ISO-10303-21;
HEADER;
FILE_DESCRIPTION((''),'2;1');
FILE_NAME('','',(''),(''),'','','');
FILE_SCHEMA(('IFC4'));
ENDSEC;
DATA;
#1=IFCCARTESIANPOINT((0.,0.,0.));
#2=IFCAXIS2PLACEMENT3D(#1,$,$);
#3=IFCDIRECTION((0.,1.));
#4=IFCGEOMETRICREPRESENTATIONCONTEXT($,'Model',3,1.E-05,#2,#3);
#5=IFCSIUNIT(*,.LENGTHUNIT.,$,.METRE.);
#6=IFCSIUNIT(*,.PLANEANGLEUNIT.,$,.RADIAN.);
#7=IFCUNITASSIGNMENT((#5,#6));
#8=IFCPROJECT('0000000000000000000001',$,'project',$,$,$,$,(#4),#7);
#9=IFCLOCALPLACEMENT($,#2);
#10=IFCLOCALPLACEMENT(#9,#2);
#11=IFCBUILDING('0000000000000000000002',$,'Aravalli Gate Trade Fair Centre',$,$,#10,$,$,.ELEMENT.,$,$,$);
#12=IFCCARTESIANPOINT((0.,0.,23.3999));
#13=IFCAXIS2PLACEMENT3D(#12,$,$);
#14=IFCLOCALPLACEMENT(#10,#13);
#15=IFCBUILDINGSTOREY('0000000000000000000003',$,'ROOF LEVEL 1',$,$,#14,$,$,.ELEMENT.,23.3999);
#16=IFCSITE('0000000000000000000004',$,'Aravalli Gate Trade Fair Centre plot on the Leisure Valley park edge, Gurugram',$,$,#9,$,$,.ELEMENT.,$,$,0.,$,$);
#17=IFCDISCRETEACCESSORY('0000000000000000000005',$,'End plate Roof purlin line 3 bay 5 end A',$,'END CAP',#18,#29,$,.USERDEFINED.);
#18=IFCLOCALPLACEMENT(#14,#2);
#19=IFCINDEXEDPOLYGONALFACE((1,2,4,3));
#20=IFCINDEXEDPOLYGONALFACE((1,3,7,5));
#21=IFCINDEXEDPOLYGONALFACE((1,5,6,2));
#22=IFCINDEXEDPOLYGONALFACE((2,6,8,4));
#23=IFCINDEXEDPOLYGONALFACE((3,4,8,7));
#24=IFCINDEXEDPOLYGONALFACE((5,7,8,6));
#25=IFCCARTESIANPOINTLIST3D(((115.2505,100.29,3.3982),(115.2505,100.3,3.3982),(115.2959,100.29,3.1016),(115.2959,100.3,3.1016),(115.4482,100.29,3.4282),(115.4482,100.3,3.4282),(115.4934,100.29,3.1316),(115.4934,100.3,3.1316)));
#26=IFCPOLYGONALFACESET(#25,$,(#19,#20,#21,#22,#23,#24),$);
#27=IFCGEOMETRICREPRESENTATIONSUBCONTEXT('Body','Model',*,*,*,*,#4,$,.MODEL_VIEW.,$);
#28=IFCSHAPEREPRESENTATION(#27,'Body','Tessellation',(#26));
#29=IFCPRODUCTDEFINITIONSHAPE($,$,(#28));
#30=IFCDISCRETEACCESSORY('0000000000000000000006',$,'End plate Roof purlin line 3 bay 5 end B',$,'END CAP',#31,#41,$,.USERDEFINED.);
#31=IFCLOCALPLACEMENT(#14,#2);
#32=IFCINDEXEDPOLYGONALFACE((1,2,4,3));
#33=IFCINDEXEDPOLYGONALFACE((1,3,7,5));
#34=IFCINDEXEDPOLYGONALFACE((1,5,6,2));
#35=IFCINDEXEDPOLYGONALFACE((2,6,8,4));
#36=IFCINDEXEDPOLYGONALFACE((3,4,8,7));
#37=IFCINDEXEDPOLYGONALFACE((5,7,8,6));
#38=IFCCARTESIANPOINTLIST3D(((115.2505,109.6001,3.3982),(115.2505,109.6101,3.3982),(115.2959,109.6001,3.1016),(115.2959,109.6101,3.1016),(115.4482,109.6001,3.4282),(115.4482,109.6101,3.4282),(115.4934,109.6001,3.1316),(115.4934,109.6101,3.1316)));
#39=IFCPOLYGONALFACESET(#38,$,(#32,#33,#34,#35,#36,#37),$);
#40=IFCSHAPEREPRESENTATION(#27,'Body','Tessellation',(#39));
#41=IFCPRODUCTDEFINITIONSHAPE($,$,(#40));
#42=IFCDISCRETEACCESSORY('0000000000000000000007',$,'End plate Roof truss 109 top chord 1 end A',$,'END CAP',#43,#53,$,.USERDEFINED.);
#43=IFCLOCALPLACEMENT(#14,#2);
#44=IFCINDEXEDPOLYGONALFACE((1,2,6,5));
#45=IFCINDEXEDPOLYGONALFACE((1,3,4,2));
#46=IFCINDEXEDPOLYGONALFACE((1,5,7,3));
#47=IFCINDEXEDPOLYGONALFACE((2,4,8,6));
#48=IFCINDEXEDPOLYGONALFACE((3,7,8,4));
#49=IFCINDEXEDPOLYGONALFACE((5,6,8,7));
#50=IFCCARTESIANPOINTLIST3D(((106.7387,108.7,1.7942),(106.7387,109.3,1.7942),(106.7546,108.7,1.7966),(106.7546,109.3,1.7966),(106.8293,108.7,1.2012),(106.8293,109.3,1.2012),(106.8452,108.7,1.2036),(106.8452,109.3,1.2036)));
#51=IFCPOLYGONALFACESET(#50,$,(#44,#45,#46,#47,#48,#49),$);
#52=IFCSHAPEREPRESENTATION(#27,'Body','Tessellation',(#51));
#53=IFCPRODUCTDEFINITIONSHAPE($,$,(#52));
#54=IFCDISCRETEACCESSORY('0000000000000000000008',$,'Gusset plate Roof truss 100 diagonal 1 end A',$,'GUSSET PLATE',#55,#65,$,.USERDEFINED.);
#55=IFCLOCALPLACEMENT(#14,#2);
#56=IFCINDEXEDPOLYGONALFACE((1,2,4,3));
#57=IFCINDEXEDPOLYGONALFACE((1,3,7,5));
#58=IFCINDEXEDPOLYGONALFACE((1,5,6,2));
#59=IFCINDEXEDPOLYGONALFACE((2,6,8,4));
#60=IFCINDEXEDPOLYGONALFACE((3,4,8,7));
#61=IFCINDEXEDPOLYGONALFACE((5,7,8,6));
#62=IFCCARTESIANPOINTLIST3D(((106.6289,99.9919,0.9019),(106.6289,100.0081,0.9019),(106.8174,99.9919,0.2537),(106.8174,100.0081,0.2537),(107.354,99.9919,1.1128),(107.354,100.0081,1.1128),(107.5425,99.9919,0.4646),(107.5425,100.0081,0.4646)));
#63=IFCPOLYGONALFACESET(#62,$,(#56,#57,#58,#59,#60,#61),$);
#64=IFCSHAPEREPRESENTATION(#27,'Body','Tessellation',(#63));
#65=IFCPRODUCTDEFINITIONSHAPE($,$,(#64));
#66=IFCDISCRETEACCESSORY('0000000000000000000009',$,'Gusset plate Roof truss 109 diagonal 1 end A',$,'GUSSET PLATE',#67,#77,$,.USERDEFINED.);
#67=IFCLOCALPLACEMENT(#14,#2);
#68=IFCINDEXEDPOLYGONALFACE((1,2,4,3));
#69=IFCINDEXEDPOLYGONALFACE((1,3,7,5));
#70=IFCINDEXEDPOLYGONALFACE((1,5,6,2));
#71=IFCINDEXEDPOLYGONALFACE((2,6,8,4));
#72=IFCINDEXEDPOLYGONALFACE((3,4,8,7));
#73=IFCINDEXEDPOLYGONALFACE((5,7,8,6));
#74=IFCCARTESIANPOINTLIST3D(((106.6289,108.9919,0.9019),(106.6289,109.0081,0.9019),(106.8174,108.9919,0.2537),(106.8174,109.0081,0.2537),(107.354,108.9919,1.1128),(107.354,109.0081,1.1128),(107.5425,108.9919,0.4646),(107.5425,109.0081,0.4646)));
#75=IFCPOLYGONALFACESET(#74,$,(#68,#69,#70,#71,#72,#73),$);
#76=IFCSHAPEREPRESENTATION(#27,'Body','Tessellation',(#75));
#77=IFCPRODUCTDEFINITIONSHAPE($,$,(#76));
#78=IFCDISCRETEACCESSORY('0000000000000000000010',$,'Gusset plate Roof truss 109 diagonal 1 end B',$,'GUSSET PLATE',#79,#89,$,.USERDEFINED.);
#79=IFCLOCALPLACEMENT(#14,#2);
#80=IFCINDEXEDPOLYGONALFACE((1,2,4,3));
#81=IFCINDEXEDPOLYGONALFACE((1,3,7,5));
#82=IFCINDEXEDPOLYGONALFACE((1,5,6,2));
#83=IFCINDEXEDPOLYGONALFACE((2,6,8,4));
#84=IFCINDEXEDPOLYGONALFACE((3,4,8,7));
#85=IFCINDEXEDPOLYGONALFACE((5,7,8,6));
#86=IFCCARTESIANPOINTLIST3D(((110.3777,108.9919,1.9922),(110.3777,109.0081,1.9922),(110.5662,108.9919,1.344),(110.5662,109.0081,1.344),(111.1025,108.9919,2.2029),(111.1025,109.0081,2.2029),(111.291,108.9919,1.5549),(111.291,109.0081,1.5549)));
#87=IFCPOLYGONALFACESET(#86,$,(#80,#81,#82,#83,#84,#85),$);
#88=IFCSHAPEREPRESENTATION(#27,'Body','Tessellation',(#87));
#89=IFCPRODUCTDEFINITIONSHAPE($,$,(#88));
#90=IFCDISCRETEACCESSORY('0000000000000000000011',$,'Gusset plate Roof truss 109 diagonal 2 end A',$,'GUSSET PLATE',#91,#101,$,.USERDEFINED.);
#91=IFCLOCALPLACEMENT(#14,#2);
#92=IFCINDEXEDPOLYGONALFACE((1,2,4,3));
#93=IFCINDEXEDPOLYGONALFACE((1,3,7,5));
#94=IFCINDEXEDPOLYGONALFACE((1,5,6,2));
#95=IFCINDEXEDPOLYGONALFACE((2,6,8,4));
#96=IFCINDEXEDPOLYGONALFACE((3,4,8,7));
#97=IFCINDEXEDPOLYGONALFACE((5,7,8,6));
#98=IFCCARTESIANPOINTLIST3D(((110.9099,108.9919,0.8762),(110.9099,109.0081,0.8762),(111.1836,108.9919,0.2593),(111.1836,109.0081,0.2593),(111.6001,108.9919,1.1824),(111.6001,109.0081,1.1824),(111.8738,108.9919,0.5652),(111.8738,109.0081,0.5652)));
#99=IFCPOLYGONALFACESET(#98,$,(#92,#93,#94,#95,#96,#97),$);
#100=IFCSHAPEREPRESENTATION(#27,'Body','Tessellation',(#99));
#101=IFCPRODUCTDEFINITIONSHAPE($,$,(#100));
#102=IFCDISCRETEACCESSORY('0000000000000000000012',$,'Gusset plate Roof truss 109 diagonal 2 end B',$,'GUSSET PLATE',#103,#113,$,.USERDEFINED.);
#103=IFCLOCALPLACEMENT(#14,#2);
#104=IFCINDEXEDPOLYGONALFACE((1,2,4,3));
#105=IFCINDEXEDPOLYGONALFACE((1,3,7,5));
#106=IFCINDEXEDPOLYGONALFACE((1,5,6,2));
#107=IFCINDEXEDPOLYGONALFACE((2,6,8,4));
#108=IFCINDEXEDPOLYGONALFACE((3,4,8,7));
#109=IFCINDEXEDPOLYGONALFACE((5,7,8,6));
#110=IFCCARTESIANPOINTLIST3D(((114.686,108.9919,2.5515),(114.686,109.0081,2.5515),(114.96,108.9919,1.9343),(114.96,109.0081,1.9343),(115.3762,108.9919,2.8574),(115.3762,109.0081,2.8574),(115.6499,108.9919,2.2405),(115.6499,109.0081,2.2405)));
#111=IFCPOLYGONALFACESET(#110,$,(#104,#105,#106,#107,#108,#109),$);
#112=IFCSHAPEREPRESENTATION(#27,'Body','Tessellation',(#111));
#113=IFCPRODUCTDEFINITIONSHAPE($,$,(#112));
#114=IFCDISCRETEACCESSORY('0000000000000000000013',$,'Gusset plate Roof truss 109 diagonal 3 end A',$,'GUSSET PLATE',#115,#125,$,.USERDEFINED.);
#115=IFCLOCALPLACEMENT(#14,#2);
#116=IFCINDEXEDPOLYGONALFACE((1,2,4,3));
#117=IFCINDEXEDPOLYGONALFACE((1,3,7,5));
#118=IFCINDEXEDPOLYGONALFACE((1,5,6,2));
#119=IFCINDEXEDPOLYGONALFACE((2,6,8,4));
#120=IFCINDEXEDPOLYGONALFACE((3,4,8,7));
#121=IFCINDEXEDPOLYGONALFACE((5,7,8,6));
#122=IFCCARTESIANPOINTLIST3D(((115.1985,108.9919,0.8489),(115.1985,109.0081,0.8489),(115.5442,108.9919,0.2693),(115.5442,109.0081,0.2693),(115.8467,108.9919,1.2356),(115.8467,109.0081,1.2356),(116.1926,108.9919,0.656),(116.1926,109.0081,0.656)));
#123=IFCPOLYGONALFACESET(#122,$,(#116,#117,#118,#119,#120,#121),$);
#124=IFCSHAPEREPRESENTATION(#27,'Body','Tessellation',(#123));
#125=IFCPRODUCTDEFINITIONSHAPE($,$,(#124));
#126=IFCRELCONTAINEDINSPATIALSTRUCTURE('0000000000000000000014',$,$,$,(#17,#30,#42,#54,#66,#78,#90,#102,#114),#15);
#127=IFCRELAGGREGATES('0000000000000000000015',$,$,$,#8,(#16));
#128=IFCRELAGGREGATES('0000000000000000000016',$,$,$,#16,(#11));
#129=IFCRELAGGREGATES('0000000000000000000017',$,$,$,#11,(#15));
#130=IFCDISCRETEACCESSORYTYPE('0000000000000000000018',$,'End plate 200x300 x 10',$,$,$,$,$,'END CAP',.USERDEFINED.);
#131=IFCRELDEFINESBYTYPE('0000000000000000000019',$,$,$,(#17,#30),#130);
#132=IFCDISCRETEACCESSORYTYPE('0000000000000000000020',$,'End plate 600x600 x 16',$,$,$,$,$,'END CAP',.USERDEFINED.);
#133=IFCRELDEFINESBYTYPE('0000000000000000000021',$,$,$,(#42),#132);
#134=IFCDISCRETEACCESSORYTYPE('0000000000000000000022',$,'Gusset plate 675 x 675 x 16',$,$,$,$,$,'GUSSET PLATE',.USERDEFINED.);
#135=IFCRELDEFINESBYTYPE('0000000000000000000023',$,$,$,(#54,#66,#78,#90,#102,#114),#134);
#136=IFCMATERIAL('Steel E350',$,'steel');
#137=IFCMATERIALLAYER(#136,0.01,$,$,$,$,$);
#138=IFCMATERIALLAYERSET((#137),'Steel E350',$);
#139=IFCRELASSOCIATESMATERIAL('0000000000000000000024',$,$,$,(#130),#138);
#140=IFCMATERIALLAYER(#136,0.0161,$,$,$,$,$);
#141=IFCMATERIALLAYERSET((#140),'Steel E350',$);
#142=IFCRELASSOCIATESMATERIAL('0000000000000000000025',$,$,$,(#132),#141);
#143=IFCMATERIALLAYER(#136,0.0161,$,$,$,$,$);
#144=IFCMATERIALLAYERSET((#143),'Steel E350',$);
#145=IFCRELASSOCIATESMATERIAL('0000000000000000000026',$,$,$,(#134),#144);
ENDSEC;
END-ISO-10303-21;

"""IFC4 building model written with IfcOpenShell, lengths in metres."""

from ifc_helpers import new_model, si_unit, direction, frame, origin, place, context, subcontext, project, spatial, polyline, outline, extrude, material, layer, layer_set, type_object, element, save


model = new_model("IFC4")

# Units and contexts
model_context = context("Model", 3, precision=1e-05, world=origin(), true_north=direction((0.0, 1.0)))
body_context = subcontext(model_context, "Body", "Model", "MODEL_VIEW")
ifc_project = project(units=[si_unit("LENGTHUNIT", "METRE"), si_unit("PLANEANGLEUNIT", "RADIAN")], contexts=[model_context])

# Site, building, storey
site_placement = place(None, origin())
site = spatial("IfcSite", under=ifc_project, at=site_placement, Name="Aravalli Gate Trade Fair Centre plot on the Leisure Valley park edge, Gurugram", CompositionType="ELEMENT", RefElevation=0.0)
building_placement = place(site_placement, origin())
building = spatial("IfcBuilding", under=site, at=building_placement, Name="Aravalli Gate Trade Fair Centre", CompositionType="ELEMENT")
storey_placement = place(building_placement, frame((0.0, 0.0, 23.3999)))
storey = spatial("IfcBuildingStorey", under=building, at=storey_placement, Name="ROOF LEVEL 1", CompositionType="ELEMENT", Elevation=23.3999)

# Shared definitions
ifc_material = material(Name="Steel E350", Category="steel")

# Discrete accessories
ifc_layer_1 = layer(ifc_material, 0.01)
ifc_layer_set_1 = layer_set([ifc_layer_1], Name="Steel E350")
discrete_accessory_type_1 = type_object("IfcDiscreteAccessoryType", Name="End plate 200x300 x 10", ElementType="END CAP", PredefinedType="USERDEFINED", material=ifc_layer_set_1)
for number, where, z_axis, x_axis, name in (
    (1, (115.4934, 100.3, 3.1316), (0.0, 1.0, 0.0), (-0.988639, 0.0, -0.150312), "End plate Roof purlin line 3 bay 5 end A"),
    (2, (115.4934, 109.6101, 3.1316), (0.0, 1.0, 0.0), (-0.988639, 0.0, -0.150312), "End plate Roof purlin line 3 bay 5 end B"),
):
    element("IfcDiscreteAccessory", number, at=place(storey_placement, frame(where, z_axis=z_axis, x_axis=x_axis)), inside=storey, type_object=discrete_accessory_type_1, Name=name, ObjectType="END CAP", PredefinedType="USERDEFINED", context=body_context, shape_type="SweptSolid", body=[
        extrude(outline(polyline([(0.0, 0.0), (0.1998, 0.0), (0.2001, 0.3001), (0.0001, 0.3), (0.0, 0.0)])), origin(), (0.0, 0.0, -1.0), 0.01),
    ])
ifc_layer_2 = layer(ifc_material, 0.0161)
ifc_layer_set_2 = layer_set([ifc_layer_2], Name="Steel E350")
discrete_accessory_type_2 = type_object("IfcDiscreteAccessoryType", Name="End plate 600x600 x 16", ElementType="END CAP", PredefinedType="USERDEFINED", material=ifc_layer_set_2)
discrete_accessory_1_placement = place(storey_placement, frame((106.8452, 108.7, 1.2036), z_axis=(0.988536, 0.0, 0.150987), x_axis=(0.0, 1.0, 0.0)))
element("IfcDiscreteAccessory", 3, at=discrete_accessory_1_placement, inside=storey, type_object=discrete_accessory_type_2, Name="End plate Roof truss 109 top chord 1 end A", ObjectType="END CAP", PredefinedType="USERDEFINED", context=body_context, shape_type="SweptSolid", body=[
    extrude(outline(polyline([(0.0, 0.0), (0.6001, 0.0), (0.6001, 0.5999), (0.0, 0.5999), (0.0, 0.0)])), origin(), (0.0, 0.0, -1.0), 0.0161),
])
ifc_layer_3 = layer(ifc_material, 0.0161)
ifc_layer_set_3 = layer_set([ifc_layer_3], Name="Steel E350")
discrete_accessory_type_3 = type_object("IfcDiscreteAccessoryType", Name="Gusset plate 675 x 675 x 16", ElementType="GUSSET PLATE", PredefinedType="USERDEFINED", material=ifc_layer_set_3)
for number, where, z_axis, x_axis, name in (
    (4, (107.5425, 100.0081, 0.4646), (0.0, 1.0, 0.0), (-0.960195, 0.0, -0.27933), "Gusset plate Roof truss 100 diagonal 1 end A"),
    (5, (107.5425, 109.0081, 0.4646), (0.0, 1.0, 0.0), (-0.960195, 0.0, -0.27933), "Gusset plate Roof truss 109 diagonal 1 end A"),
):
    element("IfcDiscreteAccessory", number, at=place(storey_placement, frame(where, z_axis=z_axis, x_axis=x_axis)), inside=storey, type_object=discrete_accessory_type_3, Name=name, ObjectType="GUSSET PLATE", PredefinedType="USERDEFINED", context=body_context, shape_type="SweptSolid", body=[
        extrude(outline(polyline([(0.0, 0.0), (0.7552, 0.0), (0.7551, 0.675), (-0.0001, 0.675), (0.0, 0.0)])), origin(), (0.0, 0.0, -1.0), 0.0161),
    ])
discrete_accessory_2_placement = place(storey_placement, frame((110.5662, 108.9919, 1.344), z_axis=(0.0, -1.0, 0.0), x_axis=(0.96017, 0.0, 0.279416)))
element("IfcDiscreteAccessory", 6, at=discrete_accessory_2_placement, inside=storey, type_object=discrete_accessory_type_3, Name="Gusset plate Roof truss 109 diagonal 1 end B", ObjectType="GUSSET PLATE", PredefinedType="USERDEFINED", context=body_context, shape_type="SweptSolid", body=[
    extrude(outline(polyline([(0.0, 0.0), (0.7549, 0.0), (0.755, 0.6748), (0.0001, 0.675), (0.0, 0.0)])), origin(), (0.0, 0.0, -1.0), 0.0161),
])
discrete_accessory_3_placement = place(storey_placement, frame((111.6001, 108.9919, 1.1824), z_axis=(0.0, -1.0, 0.0), x_axis=(-0.914105, 0.0, -0.405478)))
element("IfcDiscreteAccessory", 7, at=discrete_accessory_3_placement, inside=storey, type_object=discrete_accessory_type_3, Name="Gusset plate Roof truss 109 diagonal 2 end A", ObjectType="GUSSET PLATE", PredefinedType="USERDEFINED", context=body_context, shape_type="SweptSolid", body=[
    extrude(outline(polyline([(0.0, 0.0), (0.755, 0.0), (0.755, 0.6749), (0.0001, 0.6751), (0.0, 0.0)])), origin(), (0.0, 0.0, -1.0), 0.0161),
])
discrete_accessory_4_placement = place(storey_placement, frame((114.96, 108.9919, 1.9343), z_axis=(0.0, -1.0, 0.0), x_axis=(0.914051, 0.0, 0.405598)))
element("IfcDiscreteAccessory", 8, at=discrete_accessory_4_placement, inside=storey, type_object=discrete_accessory_type_3, Name="Gusset plate Roof truss 109 diagonal 2 end B", ObjectType="GUSSET PLATE", PredefinedType="USERDEFINED", context=body_context, shape_type="SweptSolid", body=[
    extrude(outline(polyline([(0.0, 0.0), (0.7548, 0.0), (0.7549, 0.6749), (-0.0001, 0.6752), (0.0, 0.0)])), origin(), (0.0, 0.0, -1.0), 0.0161),
])
discrete_accessory_5_placement = place(storey_placement, frame((115.8467, 108.9919, 1.2356), z_axis=(0.0, -1.0, 0.0), x_axis=(-0.858775, 0.0, -0.512354)))
element("IfcDiscreteAccessory", 9, at=discrete_accessory_5_placement, inside=storey, type_object=discrete_accessory_type_3, Name="Gusset plate Roof truss 109 diagonal 3 end A", ObjectType="GUSSET PLATE", PredefinedType="USERDEFINED", context=body_context, shape_type="SweptSolid", body=[
    extrude(outline(polyline([(0.0, 0.0), (0.7548, 0.0), (0.7549, 0.6749), (-0.0001, 0.675), (0.0, 0.0)])), origin(), (0.0, 0.0, -1.0), 0.0161),
])

save(model, "model.ifc")
